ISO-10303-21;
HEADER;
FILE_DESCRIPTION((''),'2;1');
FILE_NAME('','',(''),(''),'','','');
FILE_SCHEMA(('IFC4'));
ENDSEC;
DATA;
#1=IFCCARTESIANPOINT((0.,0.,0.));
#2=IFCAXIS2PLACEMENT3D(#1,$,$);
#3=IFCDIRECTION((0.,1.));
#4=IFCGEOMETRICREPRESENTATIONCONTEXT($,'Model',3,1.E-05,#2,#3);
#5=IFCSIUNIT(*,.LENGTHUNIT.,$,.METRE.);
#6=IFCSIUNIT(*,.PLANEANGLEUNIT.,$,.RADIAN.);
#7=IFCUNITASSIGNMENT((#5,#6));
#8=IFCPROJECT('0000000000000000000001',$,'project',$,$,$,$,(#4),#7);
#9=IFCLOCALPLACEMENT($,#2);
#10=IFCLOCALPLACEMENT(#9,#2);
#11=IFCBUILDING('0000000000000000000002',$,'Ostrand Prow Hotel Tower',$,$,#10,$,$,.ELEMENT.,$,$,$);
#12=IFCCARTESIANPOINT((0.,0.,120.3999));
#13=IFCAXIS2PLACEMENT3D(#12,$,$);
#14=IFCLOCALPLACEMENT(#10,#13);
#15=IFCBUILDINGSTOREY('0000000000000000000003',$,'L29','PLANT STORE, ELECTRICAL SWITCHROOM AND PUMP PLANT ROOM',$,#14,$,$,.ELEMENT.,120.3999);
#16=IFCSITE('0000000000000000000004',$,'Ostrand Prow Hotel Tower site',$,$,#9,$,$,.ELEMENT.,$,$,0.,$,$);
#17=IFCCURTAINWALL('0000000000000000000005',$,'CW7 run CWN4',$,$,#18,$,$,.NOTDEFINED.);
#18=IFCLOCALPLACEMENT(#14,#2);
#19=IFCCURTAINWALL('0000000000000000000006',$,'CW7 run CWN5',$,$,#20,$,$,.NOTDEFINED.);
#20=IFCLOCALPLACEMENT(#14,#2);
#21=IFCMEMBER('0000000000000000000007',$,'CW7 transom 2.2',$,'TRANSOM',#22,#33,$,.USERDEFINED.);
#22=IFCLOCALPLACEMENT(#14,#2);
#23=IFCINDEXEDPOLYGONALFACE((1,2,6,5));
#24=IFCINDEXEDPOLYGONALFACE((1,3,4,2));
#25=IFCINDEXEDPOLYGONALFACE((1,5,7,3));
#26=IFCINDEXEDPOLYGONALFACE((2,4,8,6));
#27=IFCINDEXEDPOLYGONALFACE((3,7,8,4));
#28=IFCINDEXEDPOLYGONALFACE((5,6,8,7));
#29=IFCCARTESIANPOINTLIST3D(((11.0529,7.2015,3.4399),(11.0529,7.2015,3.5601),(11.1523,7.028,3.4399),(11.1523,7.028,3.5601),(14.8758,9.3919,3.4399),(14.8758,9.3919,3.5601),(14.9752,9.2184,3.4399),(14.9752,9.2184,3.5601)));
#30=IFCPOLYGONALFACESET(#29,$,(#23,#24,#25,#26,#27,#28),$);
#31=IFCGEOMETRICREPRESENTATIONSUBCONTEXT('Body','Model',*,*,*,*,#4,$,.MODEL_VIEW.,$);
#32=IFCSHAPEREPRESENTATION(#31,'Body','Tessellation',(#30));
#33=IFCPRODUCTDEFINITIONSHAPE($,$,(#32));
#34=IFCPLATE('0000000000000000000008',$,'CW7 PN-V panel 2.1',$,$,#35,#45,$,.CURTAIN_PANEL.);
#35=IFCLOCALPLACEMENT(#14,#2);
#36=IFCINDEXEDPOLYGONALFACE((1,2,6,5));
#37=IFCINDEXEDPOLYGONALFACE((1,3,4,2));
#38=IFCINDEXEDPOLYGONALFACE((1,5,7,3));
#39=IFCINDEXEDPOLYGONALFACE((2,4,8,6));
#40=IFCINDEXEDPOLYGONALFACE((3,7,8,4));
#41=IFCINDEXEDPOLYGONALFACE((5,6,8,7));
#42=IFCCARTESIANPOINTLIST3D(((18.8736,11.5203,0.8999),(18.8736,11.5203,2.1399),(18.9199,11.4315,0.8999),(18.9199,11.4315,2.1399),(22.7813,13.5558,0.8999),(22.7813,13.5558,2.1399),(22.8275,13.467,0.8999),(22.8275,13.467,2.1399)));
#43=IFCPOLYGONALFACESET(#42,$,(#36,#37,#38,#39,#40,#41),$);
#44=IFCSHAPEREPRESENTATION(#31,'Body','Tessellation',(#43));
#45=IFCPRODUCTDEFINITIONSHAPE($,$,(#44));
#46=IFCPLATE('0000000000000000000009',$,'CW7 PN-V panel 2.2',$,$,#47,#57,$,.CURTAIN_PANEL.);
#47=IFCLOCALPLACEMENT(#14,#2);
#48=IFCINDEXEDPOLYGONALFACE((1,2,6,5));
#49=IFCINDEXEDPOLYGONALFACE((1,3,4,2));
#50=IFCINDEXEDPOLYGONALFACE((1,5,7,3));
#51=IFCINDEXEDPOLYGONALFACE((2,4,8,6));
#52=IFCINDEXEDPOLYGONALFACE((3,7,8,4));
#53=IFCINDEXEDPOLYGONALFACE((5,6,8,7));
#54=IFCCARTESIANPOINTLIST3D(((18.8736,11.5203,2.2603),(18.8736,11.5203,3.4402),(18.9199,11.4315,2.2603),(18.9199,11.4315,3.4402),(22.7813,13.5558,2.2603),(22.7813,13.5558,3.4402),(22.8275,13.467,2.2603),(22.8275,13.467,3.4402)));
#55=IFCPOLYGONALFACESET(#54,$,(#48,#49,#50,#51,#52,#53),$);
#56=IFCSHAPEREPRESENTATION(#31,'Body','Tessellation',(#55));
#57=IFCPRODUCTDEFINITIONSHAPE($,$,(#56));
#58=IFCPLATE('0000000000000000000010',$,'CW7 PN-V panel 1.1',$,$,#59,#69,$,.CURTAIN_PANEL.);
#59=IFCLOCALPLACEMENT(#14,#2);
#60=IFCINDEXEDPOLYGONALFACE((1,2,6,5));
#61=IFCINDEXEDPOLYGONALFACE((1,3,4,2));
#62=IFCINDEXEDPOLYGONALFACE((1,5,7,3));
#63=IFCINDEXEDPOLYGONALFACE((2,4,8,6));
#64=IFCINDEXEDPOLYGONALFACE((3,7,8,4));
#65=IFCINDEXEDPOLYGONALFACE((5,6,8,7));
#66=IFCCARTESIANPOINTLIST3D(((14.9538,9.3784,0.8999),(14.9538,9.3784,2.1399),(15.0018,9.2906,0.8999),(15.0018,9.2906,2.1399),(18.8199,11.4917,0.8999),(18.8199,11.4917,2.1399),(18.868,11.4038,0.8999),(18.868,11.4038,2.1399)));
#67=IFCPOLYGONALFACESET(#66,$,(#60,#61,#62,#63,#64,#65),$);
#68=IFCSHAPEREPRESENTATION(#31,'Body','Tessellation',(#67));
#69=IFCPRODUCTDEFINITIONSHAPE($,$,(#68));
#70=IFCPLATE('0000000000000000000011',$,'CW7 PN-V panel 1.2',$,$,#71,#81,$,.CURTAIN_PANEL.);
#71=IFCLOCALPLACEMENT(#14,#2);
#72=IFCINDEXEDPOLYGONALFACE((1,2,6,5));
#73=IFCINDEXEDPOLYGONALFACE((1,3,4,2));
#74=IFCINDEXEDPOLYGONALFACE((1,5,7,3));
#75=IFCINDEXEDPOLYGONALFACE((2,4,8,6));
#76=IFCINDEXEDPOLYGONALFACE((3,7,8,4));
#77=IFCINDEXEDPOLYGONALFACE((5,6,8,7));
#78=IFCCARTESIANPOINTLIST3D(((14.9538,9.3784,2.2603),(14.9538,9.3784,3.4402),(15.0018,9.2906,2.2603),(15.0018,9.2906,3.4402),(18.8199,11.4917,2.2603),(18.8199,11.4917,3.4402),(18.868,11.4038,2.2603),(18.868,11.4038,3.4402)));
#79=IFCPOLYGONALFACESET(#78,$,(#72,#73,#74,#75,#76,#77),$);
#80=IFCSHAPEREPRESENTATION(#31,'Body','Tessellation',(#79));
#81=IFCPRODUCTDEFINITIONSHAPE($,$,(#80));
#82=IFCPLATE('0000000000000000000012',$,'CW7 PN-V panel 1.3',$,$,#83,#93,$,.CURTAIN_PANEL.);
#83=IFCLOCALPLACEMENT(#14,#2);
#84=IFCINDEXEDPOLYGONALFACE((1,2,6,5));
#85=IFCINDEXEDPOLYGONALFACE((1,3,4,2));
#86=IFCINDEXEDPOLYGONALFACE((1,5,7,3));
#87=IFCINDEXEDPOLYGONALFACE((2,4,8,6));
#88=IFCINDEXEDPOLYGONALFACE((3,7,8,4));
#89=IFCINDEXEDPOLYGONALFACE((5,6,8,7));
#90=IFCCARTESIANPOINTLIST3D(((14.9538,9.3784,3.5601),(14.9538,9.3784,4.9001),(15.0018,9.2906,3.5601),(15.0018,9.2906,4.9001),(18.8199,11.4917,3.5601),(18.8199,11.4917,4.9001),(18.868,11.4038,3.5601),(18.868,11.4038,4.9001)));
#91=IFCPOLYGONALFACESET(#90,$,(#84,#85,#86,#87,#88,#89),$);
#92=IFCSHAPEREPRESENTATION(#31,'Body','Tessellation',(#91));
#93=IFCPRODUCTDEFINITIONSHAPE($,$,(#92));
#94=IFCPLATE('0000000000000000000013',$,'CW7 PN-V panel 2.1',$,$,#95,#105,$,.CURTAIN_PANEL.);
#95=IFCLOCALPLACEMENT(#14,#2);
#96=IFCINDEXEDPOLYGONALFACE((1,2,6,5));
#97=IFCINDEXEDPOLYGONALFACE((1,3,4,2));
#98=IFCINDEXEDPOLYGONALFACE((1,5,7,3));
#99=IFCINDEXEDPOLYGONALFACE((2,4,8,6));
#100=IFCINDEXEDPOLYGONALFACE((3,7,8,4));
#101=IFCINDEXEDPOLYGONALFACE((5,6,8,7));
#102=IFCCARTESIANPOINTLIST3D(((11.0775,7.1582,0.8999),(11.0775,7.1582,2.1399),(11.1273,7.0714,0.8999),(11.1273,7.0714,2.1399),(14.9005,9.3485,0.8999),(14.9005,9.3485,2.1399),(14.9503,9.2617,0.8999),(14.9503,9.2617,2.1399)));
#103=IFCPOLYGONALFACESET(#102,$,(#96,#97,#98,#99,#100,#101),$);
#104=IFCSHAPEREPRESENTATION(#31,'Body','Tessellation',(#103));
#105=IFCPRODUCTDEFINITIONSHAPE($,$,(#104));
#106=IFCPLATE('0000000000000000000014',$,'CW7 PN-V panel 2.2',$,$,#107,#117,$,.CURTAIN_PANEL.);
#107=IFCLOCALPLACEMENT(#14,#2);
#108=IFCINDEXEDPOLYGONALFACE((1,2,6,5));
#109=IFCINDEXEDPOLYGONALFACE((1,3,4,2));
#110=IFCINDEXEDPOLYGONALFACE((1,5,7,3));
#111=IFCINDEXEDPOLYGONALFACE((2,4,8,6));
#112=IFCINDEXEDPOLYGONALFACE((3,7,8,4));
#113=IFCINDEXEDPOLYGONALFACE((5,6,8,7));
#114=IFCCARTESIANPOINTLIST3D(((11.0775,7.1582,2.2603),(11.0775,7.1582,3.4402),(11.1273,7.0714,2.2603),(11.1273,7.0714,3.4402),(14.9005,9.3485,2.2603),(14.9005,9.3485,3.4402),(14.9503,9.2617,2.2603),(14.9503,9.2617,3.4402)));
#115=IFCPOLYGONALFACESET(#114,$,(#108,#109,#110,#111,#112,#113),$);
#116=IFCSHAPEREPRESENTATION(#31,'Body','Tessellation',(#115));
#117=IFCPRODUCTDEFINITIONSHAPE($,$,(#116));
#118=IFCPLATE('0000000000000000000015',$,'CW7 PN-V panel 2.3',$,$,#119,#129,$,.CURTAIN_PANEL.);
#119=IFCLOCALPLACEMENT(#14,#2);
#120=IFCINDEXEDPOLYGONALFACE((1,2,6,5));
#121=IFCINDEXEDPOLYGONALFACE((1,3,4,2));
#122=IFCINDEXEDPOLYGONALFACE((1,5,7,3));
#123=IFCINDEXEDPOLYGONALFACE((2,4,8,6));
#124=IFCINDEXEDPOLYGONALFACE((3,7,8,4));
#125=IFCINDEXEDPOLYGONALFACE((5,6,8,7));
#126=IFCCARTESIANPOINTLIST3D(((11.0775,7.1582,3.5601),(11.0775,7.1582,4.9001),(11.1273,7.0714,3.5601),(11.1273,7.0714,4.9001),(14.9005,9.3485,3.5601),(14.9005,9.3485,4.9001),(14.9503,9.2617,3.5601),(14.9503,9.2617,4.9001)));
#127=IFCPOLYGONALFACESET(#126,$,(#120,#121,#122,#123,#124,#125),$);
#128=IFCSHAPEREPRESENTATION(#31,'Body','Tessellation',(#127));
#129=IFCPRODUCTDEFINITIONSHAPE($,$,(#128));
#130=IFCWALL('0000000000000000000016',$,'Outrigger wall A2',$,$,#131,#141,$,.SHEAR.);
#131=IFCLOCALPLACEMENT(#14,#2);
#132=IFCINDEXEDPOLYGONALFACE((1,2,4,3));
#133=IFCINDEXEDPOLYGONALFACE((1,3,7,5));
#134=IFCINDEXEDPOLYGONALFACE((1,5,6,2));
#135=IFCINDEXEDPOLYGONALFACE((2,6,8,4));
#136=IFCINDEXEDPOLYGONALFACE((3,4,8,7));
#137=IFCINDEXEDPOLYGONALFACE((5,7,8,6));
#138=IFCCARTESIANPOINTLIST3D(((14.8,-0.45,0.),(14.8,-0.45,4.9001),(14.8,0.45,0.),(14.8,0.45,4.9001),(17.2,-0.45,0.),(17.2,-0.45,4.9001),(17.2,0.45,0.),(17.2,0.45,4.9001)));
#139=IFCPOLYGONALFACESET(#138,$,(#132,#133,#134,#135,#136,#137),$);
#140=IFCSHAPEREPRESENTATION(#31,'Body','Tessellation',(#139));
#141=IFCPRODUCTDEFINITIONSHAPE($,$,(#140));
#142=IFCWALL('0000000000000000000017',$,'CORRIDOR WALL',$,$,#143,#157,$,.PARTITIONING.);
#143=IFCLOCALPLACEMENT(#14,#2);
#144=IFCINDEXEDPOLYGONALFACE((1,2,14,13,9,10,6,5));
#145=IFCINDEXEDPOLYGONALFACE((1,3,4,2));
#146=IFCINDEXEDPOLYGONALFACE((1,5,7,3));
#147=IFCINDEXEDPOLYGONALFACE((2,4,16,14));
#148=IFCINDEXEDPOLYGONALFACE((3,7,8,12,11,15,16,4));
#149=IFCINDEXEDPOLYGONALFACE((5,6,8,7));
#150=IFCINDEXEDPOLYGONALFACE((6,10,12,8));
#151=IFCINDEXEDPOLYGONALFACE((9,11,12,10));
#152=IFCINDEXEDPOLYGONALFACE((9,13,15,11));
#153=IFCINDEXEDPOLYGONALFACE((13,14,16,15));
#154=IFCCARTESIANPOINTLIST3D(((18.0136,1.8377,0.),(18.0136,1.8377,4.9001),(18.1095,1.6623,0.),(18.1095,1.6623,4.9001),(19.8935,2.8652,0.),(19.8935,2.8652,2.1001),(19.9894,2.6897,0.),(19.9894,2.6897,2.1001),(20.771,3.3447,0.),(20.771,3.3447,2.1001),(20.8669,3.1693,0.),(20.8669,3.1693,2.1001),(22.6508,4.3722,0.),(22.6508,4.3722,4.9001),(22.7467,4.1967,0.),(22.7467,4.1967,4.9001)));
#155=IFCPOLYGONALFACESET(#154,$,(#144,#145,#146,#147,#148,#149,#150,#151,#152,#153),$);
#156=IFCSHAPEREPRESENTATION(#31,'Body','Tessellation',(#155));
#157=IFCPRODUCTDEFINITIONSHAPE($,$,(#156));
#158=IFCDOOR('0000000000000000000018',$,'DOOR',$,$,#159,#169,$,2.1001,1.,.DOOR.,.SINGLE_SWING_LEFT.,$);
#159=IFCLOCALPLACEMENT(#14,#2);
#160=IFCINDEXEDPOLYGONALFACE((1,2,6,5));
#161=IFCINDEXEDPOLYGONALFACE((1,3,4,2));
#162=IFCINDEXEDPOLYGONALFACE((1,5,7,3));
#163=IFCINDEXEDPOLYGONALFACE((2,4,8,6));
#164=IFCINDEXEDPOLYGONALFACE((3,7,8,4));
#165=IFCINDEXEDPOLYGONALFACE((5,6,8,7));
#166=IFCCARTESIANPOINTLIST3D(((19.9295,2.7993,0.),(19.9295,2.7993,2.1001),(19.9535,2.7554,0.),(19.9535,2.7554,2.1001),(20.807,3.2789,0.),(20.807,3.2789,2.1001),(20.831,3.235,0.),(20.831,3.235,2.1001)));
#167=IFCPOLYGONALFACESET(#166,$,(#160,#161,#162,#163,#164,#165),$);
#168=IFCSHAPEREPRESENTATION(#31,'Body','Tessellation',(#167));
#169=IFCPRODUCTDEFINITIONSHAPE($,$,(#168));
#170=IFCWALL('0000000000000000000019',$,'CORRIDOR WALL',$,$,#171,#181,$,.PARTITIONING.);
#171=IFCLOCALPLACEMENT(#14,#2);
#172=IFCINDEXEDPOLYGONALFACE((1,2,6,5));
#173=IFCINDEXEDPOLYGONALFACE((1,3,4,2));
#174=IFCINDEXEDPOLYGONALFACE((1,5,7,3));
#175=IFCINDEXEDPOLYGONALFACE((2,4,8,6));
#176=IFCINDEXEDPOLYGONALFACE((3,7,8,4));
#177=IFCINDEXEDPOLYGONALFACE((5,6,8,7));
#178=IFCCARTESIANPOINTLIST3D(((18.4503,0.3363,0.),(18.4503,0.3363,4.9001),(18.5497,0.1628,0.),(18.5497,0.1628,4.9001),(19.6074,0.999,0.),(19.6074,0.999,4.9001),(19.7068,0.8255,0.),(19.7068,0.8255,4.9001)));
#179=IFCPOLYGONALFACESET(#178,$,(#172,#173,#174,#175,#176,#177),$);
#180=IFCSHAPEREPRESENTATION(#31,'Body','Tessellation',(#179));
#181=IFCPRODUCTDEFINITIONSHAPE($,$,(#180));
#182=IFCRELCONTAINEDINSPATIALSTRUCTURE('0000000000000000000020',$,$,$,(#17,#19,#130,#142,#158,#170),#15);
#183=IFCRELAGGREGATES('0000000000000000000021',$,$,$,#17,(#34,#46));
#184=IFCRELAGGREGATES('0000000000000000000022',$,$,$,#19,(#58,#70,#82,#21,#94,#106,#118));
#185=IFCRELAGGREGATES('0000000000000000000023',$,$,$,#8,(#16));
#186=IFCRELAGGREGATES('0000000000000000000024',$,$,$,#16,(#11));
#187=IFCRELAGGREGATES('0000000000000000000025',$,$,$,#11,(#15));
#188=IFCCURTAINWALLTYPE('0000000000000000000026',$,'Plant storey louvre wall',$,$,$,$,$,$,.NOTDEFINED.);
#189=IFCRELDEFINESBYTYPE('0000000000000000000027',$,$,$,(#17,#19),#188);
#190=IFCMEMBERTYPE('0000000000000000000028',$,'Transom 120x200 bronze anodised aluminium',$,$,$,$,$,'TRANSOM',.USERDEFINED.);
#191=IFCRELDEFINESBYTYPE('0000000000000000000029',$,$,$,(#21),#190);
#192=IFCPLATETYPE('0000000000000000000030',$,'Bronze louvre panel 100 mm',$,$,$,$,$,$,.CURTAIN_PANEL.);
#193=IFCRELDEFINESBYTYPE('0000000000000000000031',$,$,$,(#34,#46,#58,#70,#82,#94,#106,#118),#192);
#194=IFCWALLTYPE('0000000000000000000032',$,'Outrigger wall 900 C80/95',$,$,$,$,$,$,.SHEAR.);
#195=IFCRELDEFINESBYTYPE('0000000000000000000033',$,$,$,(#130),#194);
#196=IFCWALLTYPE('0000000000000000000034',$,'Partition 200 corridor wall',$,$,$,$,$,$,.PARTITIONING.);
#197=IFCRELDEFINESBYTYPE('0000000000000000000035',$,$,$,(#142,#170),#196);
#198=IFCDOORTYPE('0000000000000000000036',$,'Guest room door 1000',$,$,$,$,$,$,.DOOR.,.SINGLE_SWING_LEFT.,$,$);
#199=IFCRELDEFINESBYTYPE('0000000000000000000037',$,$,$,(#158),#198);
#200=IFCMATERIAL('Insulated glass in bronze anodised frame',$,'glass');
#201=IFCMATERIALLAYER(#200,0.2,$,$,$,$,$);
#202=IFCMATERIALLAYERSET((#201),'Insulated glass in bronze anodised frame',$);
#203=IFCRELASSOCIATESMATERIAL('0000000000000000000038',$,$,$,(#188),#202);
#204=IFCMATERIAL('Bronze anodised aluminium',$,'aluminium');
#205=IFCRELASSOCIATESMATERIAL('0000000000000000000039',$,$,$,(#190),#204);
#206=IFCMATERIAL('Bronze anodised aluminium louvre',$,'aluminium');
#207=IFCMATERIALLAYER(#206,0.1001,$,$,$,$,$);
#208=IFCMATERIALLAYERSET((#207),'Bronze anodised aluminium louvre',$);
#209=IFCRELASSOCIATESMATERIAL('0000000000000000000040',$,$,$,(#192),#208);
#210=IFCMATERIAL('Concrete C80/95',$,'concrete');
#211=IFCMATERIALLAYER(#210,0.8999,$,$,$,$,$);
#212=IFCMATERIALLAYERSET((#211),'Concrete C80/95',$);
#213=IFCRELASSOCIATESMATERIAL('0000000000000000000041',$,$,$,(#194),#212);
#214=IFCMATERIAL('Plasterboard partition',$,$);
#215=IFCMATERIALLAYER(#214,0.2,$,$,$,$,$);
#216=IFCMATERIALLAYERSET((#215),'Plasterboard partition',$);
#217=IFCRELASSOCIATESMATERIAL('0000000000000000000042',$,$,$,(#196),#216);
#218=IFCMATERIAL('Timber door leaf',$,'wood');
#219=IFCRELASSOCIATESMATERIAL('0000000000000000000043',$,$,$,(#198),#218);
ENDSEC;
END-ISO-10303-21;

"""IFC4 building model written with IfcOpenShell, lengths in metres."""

from ifc_helpers import new_model, si_unit, direction, frame, frame_2d, origin, origin_2d, place, context, subcontext, project, spatial, rectangle, extrude, material, layer, layer_set, material_profile, profile_set, type_object, element, fill, aggregate, save


model = new_model("IFC4")

# Units and contexts
model_context = context("Model", 3, precision=1e-05, world=origin(), true_north=direction((0.0, 1.0)))
body_context = subcontext(model_context, "Body", "Model", "MODEL_VIEW")
ifc_project = project(units=[si_unit("LENGTHUNIT", "METRE"), si_unit("PLANEANGLEUNIT", "RADIAN")], contexts=[model_context])

# Site, building, storey
site_placement = place(None, origin())
site = spatial("IfcSite", under=ifc_project, at=site_placement, Name="Ostrand Prow Hotel Tower site", CompositionType="ELEMENT", RefElevation=0.0)
building_placement = place(site_placement, origin())
building = spatial("IfcBuilding", under=site, at=building_placement, Name="Ostrand Prow Hotel Tower", CompositionType="ELEMENT")
storey_placement = place(building_placement, frame((0.0, 0.0, 120.3999)))
storey = spatial("IfcBuildingStorey", under=building, at=storey_placement, Name="L29", Description="PLANT STORE, ELECTRICAL SWITCHROOM AND PUMP PLANT ROOM", CompositionType="ELEMENT", Elevation=120.3999)

# Curtain walls
ifc_material_1 = material(Name="Insulated glass in bronze anodised frame", Category="glass")
ifc_layer_1 = layer(ifc_material_1, 0.2)
ifc_layer_set_1 = layer_set([ifc_layer_1], Name="Insulated glass in bronze anodised frame")
curtain_wall_type = type_object("IfcCurtainWallType", Name="Plant storey louvre wall", PredefinedType="NOTDEFINED", material=ifc_layer_set_1)
curtain_wall_1_placement = place(storey_placement, origin())
curtain_wall_1 = element("IfcCurtainWall", 1, at=curtain_wall_1_placement, inside=storey, type_object=curtain_wall_type, Name="CW7 run CWN4", PredefinedType="NOTDEFINED")
curtain_wall_2_placement = place(storey_placement, origin())
curtain_wall_2 = element("IfcCurtainWall", 2, at=curtain_wall_2_placement, inside=storey, type_object=curtain_wall_type, Name="CW7 run CWN5", PredefinedType="NOTDEFINED")

# Member
ifc_material_2 = material(Name="Bronze anodised aluminium", Category="aluminium")
ifc_material_profile_1 = material_profile(ifc_material_2, rectangle(XDim=0.2, YDim=0.1201, at=origin_2d()), Name="Transom 120x200 bronze anodised aluminium")
ifc_profile_set_1 = profile_set([ifc_material_profile_1], Name="Bronze anodised aluminium")
member_type_1 = type_object("IfcMemberType", Name="Transom 120x200 bronze anodised aluminium", ElementType="TRANSOM", PredefinedType="USERDEFINED", material=ifc_profile_set_1)
member_1_placement = place(storey_placement, frame((14.9255, 9.3052, 3.5), z_axis=(-0.86767, -0.497141, 0.0), x_axis=(0.497141, -0.86767, 0.0)))
member_1 = element("IfcMember", 3, at=member_1_placement, type_object=member_type_1, Name="CW7 transom 2.2", ObjectType="TRANSOM", PredefinedType="USERDEFINED", context=body_context, shape_type="SweptSolid", body=[
    extrude(rectangle(XDim=0.2, YDim=0.1201, at=origin_2d()), origin(), (0.0, 0.0, 1.0), 4.406),
])

# Plates
ifc_material_3 = material(Name="Bronze anodised aluminium louvre", Category="aluminium")
ifc_layer_2 = layer(ifc_material_3, 0.1001)
ifc_layer_set_2 = layer_set([ifc_layer_2], Name="Bronze anodised aluminium louvre")
plate_type = type_object("IfcPlateType", Name="Bronze louvre panel 100 mm", PredefinedType="CURTAIN_PANEL", material=ifc_layer_set_2)
plate_1_placement = place(storey_placement, frame((20.8506, 12.4937, 0.8999), z_axis=(0.0, 0.0, 1.0), x_axis=(-0.886896, -0.461968, 0.0)))
plate_1 = element("IfcPlate", 4, at=plate_1_placement, type_object=plate_type, Name="CW7 PN-V panel 2.1", PredefinedType="CURTAIN_PANEL", context=body_context, shape_type="SweptSolid", body=[
    extrude(rectangle(XDim=4.406, YDim=0.1001, at=origin_2d()), origin(), (0.0, 0.0, 1.0), 1.24),
])
plate_2_placement = place(storey_placement, frame((20.8506, 12.4937, 2.2603), z_axis=(0.0, 0.0, 1.0), x_axis=(-0.886896, -0.461968, 0.0)))
plate_2 = element("IfcPlate", 5, at=plate_2_placement, type_object=plate_type, Name="CW7 PN-V panel 2.2", PredefinedType="CURTAIN_PANEL", context=body_context, shape_type="SweptSolid", body=[
    extrude(rectangle(XDim=4.406, YDim=0.1001, at=origin_2d()), origin(), (0.0, 0.0, 1.0), 1.1799),
])
aggregate(curtain_wall_1, [plate_1, plate_2])
plate_3_placement = place(storey_placement, frame((16.9109, 10.3911, 0.8999), z_axis=(0.0, 0.0, 1.0), x_axis=(-0.877467, -0.479637, 0.0)))
plate_3 = element("IfcPlate", 6, at=plate_3_placement, type_object=plate_type, Name="CW7 PN-V panel 1.1", PredefinedType="CURTAIN_PANEL", context=body_context, shape_type="SweptSolid", body=[
    extrude(rectangle(XDim=4.406, YDim=0.1001, at=origin_2d()), origin(), (0.0, 0.0, 1.0), 1.24),
])
plate_4_placement = place(storey_placement, frame((16.9109, 10.3911, 2.2603), z_axis=(0.0, 0.0, 1.0), x_axis=(-0.877467, -0.479637, 0.0)))
plate_4 = element("IfcPlate", 7, at=plate_4_placement, type_object=plate_type, Name="CW7 PN-V panel 1.2", PredefinedType="CURTAIN_PANEL", context=body_context, shape_type="SweptSolid", body=[
    extrude(rectangle(XDim=4.406, YDim=0.1001, at=origin_2d()), origin(), (0.0, 0.0, 1.0), 1.1799),
])
plate_5_placement = place(storey_placement, frame((16.9109, 10.3911, 3.5601), z_axis=(0.0, 0.0, 1.0), x_axis=(-0.877467, -0.479637, 0.0)))
plate_5 = element("IfcPlate", 8, at=plate_5_placement, type_object=plate_type, Name="CW7 PN-V panel 1.3", PredefinedType="CURTAIN_PANEL", context=body_context, shape_type="SweptSolid", body=[
    extrude(rectangle(XDim=4.406, YDim=0.1001, at=origin_2d()), origin(), (0.0, 0.0, 1.0), 1.3401),
])
plate_6_placement = place(storey_placement, frame((13.0139, 8.21, 0.8999), z_axis=(0.0, 0.0, 1.0), x_axis=(-0.867685, -0.497115, 0.0)))
plate_6 = element("IfcPlate", 9, at=plate_6_placement, type_object=plate_type, Name="CW7 PN-V panel 2.1", PredefinedType="CURTAIN_PANEL", context=body_context, shape_type="SweptSolid", body=[
    extrude(rectangle(XDim=4.406, YDim=0.1001, at=origin_2d()), origin(), (0.0, 0.0, 1.0), 1.24),
])
plate_7_placement = place(storey_placement, frame((13.0139, 8.21, 2.2603), z_axis=(0.0, 0.0, 1.0), x_axis=(-0.867685, -0.497115, 0.0)))
plate_7 = element("IfcPlate", 10, at=plate_7_placement, type_object=plate_type, Name="CW7 PN-V panel 2.2", PredefinedType="CURTAIN_PANEL", context=body_context, shape_type="SweptSolid", body=[
    extrude(rectangle(XDim=4.406, YDim=0.1001, at=origin_2d()), origin(), (0.0, 0.0, 1.0), 1.1799),
])
plate_8_placement = place(storey_placement, frame((13.0139, 8.21, 3.5601), z_axis=(0.0, 0.0, 1.0), x_axis=(-0.867685, -0.497115, 0.0)))
plate_8 = element("IfcPlate", 11, at=plate_8_placement, type_object=plate_type, Name="CW7 PN-V panel 2.3", PredefinedType="CURTAIN_PANEL", context=body_context, shape_type="SweptSolid", body=[
    extrude(rectangle(XDim=4.406, YDim=0.1001, at=origin_2d()), origin(), (0.0, 0.0, 1.0), 1.3401),
])
aggregate(curtain_wall_2, [plate_3, plate_4, plate_5, member_1, plate_6, plate_7, plate_8])

# Wall
ifc_material_4 = material(Name="Concrete C80/95", Category="concrete")
ifc_layer_3 = layer(ifc_material_4, 0.8999)
ifc_layer_set_3 = layer_set([ifc_layer_3], Name="Concrete C80/95")
wall_type_1 = type_object("IfcWallType", Name="Outrigger wall 900 C80/95", PredefinedType="SHEAR", material=ifc_layer_set_3)
wall_1_placement = place(storey_placement, frame((14.8, 0.0, 0.0), z_axis=(0.0, 0.0, 1.0), x_axis=(1.0, 0.0, 0.0)))
element("IfcWall", 12, at=wall_1_placement, inside=storey, type_object=wall_type_1, Name="Outrigger wall A2", PredefinedType="SHEAR", context=body_context, shape_type="SweptSolid", body=[
    extrude(rectangle(XDim=2.3999, YDim=0.8999, at=frame_2d((1.2, 0.0))), origin(), (0.0, 0.0, 1.0), 4.9001),
])

# Wall, opening, door
ifc_material_5 = material(Name="Plasterboard partition")
ifc_layer_4 = layer(ifc_material_5, 0.2)
ifc_layer_set_4 = layer_set([ifc_layer_4], Name="Plasterboard partition")
wall_type_2 = type_object("IfcWallType", Name="Partition 200 corridor wall", PredefinedType="PARTITIONING", material=ifc_layer_set_4)
wall_2_placement = place(storey_placement, frame((18.0615, 1.75, 0.0), z_axis=(0.0, 0.0, 1.0), x_axis=(0.877494, 0.479587, 0.0)))
wall_2 = element("IfcWall", 13, at=wall_2_placement, inside=storey, type_object=wall_type_2, Name="CORRIDOR WALL", PredefinedType="PARTITIONING", context=body_context, shape_type="SweptSolid", body=[
    extrude(rectangle(XDim=5.2847, YDim=0.2, at=frame_2d((2.6423, 0.0))), origin(), (0.0, 0.0, 1.0), 4.9001),
])
opening_placement = place(wall_2_placement, frame((2.1423, 0.0, 0.0)))
opening = element("IfcOpeningElement", 14, at=opening_placement, cuts=wall_2, PredefinedType="OPENING", context=body_context, shape_type="SweptSolid", body=[
    extrude(rectangle(XDim=1.0, YDim=2.1001, at=frame_2d((0.5, 1.05))), frame((0.0, 0.1099, 0.0), z_axis=(0.0, -1.0, 0.0), x_axis=(1.0, 0.0, 0.0)), (0.0, 0.0, 1.0), 0.22),
])
ifc_material_6 = material(Name="Timber door leaf", Category="wood")
door_type = type_object("IfcDoorType", Name="Guest room door 1000", OperationType="SINGLE_SWING_LEFT", PredefinedType="DOOR", material=ifc_material_6)
door_placement = place(opening_placement, origin())
door = element("IfcDoor", 15, at=door_placement, inside=storey, type_object=door_type, Name="DOOR", OperationType="SINGLE_SWING_LEFT", OverallHeight=2.1001, OverallWidth=1.0, PredefinedType="DOOR", context=body_context, shape_type="SweptSolid", body=[
    extrude(rectangle(XDim=1.0, YDim=2.1001, at=frame_2d((0.5, 1.05))), frame((0.0, 0.0249, 0.0), z_axis=(0.0, -1.0, 0.0), x_axis=(1.0, 0.0, 0.0)), (0.0, 0.0, 1.0), 0.05),
])
fill(opening, door)

# Wall
wall_3_placement = place(storey_placement, frame((18.5, 0.2495, 0.0), z_axis=(0.0, 0.0, 1.0), x_axis=(0.867736, 0.497026, 0.0)))
element("IfcWall", 16, at=wall_3_placement, inside=storey, type_object=wall_type_2, Name="CORRIDOR WALL", PredefinedType="PARTITIONING", context=body_context, shape_type="SweptSolid", body=[
    extrude(rectangle(XDim=1.3335, YDim=0.2, at=frame_2d((0.6667, 0.0))), origin(), (0.0, 0.0, 1.0), 4.9001),
])

save(model, "model.ifc")
